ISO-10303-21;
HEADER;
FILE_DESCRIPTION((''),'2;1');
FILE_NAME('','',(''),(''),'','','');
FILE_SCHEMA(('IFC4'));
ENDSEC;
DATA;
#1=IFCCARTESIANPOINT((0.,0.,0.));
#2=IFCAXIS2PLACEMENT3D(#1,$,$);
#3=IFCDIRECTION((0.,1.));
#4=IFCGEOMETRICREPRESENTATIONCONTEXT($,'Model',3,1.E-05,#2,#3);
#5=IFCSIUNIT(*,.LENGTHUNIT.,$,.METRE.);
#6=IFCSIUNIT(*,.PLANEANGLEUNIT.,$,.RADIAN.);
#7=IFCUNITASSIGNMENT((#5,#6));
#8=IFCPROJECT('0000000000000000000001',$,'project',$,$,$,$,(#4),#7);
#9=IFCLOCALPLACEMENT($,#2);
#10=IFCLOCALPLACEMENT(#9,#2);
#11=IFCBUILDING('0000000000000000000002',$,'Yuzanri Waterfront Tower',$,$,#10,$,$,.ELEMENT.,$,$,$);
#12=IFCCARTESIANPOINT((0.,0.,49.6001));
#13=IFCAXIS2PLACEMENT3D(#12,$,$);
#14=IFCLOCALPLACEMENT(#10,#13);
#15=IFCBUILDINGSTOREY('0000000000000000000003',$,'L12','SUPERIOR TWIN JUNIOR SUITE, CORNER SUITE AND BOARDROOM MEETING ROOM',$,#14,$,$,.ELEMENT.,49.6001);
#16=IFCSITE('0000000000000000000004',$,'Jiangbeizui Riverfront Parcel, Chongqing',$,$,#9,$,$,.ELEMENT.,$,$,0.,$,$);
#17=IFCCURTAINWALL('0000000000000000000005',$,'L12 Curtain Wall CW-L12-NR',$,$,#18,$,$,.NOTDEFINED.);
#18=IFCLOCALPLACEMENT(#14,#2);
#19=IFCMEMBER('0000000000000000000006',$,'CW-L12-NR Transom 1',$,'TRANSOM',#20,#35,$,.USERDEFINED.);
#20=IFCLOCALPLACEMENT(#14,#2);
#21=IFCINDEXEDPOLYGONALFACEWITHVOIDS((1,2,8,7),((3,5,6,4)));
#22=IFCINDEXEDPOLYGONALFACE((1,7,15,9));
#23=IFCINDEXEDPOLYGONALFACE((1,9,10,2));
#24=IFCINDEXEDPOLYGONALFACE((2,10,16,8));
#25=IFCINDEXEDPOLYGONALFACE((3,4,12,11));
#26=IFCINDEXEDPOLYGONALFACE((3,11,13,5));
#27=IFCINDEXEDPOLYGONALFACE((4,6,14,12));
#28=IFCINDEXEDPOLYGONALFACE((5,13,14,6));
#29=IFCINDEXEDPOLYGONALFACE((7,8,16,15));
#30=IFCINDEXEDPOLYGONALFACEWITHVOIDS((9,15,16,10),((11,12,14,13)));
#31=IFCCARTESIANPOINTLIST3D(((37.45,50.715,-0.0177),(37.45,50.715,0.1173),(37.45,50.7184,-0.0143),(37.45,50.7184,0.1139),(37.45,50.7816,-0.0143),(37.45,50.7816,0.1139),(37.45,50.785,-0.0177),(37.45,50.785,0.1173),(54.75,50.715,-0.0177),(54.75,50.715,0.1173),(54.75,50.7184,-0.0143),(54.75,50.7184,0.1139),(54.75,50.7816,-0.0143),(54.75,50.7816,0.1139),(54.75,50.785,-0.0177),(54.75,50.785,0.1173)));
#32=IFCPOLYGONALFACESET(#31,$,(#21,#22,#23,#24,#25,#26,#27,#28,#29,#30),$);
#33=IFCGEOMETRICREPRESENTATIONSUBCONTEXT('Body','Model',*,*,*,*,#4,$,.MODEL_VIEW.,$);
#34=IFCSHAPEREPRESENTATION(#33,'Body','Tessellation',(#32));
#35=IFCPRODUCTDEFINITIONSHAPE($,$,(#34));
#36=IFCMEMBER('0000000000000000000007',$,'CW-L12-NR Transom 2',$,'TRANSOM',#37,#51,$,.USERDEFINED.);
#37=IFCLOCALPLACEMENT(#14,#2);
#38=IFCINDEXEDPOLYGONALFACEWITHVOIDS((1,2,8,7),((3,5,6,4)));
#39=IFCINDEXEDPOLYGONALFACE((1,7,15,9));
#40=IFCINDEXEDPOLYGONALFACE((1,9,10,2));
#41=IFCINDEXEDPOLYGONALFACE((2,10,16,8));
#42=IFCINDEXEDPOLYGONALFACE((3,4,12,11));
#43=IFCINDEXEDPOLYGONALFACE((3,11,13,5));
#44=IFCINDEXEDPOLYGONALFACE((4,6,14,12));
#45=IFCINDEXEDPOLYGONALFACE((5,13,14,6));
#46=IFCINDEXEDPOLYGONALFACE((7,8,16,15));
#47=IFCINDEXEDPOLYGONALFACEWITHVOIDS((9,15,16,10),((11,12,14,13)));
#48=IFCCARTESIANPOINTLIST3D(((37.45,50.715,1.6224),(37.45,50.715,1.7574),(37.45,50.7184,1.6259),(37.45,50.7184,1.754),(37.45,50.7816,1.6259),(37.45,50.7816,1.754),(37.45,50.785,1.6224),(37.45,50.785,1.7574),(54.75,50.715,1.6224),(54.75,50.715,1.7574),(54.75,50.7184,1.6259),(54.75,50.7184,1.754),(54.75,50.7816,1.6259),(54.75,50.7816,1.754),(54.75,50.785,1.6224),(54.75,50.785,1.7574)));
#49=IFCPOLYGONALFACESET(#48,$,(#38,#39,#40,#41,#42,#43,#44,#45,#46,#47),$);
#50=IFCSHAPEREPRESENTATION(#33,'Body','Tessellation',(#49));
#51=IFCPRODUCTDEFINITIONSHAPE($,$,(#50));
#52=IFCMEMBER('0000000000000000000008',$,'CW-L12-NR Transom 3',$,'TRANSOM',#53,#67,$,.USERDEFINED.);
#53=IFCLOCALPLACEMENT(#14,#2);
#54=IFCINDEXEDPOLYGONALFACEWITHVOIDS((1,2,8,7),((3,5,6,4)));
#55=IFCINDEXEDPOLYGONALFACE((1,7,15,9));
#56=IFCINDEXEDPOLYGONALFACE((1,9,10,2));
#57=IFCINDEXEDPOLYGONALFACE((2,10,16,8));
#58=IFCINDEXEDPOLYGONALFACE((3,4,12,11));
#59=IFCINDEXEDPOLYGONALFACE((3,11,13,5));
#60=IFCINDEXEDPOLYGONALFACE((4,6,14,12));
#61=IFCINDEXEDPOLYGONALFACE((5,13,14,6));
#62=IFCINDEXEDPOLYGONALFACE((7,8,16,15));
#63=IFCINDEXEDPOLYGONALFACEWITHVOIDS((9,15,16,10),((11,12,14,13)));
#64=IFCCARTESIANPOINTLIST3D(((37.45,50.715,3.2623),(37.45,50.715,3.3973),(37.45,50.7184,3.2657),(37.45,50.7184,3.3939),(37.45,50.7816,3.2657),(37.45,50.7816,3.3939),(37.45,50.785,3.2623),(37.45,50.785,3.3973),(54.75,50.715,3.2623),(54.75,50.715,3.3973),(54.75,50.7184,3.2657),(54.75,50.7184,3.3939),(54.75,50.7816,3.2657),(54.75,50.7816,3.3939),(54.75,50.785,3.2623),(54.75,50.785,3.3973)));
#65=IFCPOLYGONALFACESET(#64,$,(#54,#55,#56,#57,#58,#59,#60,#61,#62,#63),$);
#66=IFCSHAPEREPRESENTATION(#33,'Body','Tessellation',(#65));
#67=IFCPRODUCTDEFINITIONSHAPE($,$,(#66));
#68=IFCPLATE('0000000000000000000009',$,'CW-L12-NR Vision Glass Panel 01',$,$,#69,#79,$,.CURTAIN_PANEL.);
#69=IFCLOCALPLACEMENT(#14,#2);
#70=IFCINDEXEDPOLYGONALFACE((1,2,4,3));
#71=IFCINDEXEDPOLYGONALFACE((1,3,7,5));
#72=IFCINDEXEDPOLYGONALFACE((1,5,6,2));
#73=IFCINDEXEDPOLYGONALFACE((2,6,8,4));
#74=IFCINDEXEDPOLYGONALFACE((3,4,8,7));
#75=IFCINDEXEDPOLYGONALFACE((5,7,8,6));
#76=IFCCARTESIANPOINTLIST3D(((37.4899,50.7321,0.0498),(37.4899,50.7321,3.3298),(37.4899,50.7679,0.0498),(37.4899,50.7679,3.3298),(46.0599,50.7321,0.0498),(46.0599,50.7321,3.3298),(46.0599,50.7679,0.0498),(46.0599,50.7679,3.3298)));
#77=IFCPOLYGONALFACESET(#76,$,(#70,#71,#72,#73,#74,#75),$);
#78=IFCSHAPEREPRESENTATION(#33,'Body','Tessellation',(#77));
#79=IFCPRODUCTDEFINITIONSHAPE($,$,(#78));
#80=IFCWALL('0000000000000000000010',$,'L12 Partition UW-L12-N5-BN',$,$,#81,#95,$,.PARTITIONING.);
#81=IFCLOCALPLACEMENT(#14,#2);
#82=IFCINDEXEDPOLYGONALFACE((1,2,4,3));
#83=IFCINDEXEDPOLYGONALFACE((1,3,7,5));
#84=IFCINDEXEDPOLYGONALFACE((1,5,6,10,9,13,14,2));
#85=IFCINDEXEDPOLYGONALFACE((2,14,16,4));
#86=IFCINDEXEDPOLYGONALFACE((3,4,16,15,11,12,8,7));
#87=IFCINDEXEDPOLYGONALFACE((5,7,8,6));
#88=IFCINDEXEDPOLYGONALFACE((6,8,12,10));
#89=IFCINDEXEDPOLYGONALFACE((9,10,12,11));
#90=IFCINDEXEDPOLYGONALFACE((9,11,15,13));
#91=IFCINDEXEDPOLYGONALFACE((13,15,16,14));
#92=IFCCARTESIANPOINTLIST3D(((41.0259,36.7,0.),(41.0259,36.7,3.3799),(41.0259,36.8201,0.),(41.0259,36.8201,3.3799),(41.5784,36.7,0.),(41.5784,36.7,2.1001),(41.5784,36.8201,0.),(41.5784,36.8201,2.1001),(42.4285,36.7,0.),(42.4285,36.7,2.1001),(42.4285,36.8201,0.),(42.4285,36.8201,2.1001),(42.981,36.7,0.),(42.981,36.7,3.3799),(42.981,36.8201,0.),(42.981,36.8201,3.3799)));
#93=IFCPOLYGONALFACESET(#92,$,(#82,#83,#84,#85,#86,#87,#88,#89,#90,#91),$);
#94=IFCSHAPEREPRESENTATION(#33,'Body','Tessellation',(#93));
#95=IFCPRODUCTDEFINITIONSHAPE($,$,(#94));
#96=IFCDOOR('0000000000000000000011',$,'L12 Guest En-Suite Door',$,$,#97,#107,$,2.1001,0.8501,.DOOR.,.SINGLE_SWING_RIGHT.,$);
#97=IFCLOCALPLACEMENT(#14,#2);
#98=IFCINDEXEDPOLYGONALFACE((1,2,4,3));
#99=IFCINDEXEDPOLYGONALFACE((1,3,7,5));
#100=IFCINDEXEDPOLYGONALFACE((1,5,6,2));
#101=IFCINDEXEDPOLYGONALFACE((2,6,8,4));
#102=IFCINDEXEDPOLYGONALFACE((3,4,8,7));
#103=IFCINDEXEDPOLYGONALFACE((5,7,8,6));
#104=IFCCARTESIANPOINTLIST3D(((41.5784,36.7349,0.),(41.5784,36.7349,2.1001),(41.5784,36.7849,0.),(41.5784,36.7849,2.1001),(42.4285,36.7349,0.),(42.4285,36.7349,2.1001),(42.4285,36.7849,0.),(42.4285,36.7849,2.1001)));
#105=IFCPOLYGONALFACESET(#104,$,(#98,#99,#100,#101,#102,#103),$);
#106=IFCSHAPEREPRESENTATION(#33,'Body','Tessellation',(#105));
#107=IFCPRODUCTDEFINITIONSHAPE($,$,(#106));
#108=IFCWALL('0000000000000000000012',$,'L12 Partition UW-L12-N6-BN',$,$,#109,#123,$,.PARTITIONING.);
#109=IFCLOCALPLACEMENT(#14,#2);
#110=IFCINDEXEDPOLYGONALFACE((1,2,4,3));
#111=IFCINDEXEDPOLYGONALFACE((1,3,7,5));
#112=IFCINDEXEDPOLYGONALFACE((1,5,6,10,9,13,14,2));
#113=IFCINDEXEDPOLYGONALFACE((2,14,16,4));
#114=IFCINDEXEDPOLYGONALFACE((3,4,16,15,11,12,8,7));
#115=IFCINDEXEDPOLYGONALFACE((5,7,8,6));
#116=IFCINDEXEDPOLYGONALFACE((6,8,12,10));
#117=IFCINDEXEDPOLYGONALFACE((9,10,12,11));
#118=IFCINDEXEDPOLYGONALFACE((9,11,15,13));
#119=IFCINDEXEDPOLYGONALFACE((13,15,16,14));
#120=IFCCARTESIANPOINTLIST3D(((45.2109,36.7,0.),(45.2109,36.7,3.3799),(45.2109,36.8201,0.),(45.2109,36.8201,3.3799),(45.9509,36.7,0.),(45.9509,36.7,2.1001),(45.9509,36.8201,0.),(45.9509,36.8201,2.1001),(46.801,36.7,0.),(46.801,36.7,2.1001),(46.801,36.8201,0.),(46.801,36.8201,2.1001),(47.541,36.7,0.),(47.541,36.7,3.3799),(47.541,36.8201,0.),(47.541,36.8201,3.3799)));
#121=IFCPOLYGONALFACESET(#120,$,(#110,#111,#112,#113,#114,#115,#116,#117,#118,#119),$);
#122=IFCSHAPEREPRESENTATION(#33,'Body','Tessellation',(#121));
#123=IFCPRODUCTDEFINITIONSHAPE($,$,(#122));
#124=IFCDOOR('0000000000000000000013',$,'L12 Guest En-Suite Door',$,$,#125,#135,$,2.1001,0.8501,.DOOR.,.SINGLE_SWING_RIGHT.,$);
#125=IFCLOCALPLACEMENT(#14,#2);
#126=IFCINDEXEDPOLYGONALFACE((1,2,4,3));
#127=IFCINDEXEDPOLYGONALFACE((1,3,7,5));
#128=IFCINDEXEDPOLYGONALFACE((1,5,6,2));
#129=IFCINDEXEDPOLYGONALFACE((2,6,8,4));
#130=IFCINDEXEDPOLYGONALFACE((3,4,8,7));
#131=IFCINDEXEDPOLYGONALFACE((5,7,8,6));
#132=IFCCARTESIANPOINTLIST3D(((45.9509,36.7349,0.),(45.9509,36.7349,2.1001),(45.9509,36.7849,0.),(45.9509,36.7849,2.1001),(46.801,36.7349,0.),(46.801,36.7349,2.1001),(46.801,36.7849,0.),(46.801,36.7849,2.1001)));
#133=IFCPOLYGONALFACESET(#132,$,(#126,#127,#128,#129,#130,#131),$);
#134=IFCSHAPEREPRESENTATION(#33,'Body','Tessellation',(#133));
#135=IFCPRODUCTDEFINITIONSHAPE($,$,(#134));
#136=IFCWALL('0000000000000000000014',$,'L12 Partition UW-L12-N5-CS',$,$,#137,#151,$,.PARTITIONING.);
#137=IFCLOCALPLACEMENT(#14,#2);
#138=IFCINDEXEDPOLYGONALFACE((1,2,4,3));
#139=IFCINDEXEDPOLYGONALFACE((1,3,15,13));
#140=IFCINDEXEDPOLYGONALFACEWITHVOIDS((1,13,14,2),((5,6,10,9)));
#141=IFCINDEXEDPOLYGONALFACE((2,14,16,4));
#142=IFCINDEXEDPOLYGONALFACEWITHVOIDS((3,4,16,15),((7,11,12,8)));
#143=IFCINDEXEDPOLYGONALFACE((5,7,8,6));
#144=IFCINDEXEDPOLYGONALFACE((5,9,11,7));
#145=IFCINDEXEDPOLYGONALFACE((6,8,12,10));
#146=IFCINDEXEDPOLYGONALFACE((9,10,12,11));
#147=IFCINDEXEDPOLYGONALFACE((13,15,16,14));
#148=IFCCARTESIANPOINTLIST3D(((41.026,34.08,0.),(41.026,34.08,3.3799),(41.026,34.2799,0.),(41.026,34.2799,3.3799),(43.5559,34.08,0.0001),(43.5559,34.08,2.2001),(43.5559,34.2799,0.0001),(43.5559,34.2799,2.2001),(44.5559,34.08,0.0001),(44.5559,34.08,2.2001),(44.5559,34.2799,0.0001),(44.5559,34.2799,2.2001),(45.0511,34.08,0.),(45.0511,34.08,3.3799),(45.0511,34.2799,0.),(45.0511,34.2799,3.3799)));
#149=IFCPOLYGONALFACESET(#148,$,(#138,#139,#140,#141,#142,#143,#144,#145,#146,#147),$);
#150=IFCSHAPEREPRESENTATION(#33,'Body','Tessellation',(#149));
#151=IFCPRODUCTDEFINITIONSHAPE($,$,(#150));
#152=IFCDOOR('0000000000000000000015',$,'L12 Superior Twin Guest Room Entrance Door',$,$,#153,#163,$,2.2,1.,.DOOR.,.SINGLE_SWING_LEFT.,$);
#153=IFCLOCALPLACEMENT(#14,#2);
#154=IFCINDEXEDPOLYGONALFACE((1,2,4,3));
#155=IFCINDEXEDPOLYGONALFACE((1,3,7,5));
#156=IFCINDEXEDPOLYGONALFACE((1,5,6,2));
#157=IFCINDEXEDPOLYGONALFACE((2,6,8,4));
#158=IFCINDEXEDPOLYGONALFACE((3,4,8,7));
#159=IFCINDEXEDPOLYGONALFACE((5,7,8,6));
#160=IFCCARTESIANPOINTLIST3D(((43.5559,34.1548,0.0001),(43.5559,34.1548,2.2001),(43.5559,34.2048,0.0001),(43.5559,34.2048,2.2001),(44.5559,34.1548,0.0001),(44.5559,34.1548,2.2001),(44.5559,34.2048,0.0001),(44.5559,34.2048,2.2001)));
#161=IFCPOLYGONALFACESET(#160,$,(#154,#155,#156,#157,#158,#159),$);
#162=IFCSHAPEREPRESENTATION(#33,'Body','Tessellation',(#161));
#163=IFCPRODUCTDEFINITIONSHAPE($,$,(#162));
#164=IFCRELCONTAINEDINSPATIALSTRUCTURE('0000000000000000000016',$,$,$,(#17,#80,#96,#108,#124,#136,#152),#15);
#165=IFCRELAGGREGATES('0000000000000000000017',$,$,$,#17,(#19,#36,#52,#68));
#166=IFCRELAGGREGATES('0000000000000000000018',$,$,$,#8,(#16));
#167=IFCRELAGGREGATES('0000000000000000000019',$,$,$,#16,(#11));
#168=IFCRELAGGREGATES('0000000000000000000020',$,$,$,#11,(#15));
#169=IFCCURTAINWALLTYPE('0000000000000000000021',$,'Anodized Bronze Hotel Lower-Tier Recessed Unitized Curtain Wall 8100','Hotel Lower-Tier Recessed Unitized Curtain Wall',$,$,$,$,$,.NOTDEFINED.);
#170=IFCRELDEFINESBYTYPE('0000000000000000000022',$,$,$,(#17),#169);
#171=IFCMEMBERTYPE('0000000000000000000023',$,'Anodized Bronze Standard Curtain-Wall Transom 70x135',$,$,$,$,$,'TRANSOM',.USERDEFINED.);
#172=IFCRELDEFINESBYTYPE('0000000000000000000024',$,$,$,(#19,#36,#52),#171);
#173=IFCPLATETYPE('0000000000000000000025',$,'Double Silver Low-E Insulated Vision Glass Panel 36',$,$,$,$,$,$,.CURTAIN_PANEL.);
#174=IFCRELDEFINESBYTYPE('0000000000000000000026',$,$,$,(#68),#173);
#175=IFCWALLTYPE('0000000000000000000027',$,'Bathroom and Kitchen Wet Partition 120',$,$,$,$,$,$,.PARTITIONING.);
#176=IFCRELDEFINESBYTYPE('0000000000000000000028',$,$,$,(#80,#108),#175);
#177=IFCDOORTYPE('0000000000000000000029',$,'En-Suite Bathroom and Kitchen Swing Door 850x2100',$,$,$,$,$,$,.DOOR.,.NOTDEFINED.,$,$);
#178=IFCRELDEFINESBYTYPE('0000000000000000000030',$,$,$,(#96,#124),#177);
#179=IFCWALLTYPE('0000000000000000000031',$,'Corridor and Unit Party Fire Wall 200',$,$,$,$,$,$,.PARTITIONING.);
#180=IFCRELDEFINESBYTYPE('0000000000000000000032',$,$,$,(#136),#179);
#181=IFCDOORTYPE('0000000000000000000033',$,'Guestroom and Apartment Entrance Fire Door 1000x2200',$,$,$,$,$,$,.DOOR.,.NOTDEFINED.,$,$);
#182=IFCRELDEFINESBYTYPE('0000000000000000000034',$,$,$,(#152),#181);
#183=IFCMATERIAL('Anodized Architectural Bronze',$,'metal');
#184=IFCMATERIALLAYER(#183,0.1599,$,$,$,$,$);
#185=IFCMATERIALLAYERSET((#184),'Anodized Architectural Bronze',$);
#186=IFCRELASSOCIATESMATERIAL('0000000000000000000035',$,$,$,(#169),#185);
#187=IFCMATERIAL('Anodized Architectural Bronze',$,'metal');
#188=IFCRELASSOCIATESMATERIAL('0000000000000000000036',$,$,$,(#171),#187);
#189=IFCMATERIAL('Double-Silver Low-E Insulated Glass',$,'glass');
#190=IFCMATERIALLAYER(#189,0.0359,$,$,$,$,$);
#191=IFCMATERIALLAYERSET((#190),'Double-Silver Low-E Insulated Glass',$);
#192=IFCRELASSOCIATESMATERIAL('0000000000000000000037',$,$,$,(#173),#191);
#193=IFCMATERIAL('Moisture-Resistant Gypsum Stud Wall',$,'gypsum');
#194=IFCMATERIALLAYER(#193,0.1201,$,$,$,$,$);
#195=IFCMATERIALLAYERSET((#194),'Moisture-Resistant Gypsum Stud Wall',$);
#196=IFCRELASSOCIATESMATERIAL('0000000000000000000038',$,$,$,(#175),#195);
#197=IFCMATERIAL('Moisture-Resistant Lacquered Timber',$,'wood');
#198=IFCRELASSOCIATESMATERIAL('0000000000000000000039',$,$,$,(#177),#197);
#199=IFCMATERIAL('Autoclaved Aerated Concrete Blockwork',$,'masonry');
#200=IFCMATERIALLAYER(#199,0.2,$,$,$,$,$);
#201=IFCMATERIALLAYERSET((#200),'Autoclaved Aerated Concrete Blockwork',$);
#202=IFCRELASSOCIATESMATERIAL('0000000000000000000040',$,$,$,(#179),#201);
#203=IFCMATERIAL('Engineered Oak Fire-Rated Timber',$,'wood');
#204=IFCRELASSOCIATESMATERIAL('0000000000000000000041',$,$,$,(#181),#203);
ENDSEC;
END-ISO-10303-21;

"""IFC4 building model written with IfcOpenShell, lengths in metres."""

from ifc_helpers import new_model, si_unit, direction, frame, frame_2d, origin, origin_2d, place, context, subcontext, project, spatial, rectangle, hollow_rectangle, extrude, source, transform, mapped, material, layer, layer_set, material_profile, profile_set, type_object, element, fill, aggregate, save


model = new_model("IFC4")

# Units and contexts
model_context = context("Model", 3, precision=1e-05, world=origin(), true_north=direction((0.0, 1.0)))
body_context = subcontext(model_context, "Body", "Model", "MODEL_VIEW")
ifc_project = project(units=[si_unit("LENGTHUNIT", "METRE"), si_unit("PLANEANGLEUNIT", "RADIAN")], contexts=[model_context])

# Site, building, storey
site_placement = place(None, origin())
site = spatial("IfcSite", under=ifc_project, at=site_placement, Name="Jiangbeizui Riverfront Parcel, Chongqing", CompositionType="ELEMENT", RefElevation=0.0)
building_placement = place(site_placement, origin())
building = spatial("IfcBuilding", under=site, at=building_placement, Name="Yuzanri Waterfront Tower", CompositionType="ELEMENT")
storey_placement = place(building_placement, frame((0.0, 0.0, 49.6001)))
storey = spatial("IfcBuildingStorey", under=building, at=storey_placement, Name="L12", Description="SUPERIOR TWIN JUNIOR SUITE, CORNER SUITE AND BOARDROOM MEETING ROOM", CompositionType="ELEMENT", Elevation=49.6001)

# Shared definitions
ifc_material_1 = material(Name="Anodized Architectural Bronze", Category="metal")
ifc_layer_1 = layer(ifc_material_1, 0.1599)
ifc_layer_set_1 = layer_set([ifc_layer_1], Name="Anodized Architectural Bronze")
curtain_wall_type = type_object("IfcCurtainWallType", Name="Anodized Bronze Hotel Lower-Tier Recessed Unitized Curtain Wall 8100", Description="Hotel Lower-Tier Recessed Unitized Curtain Wall", PredefinedType="NOTDEFINED", material=ifc_layer_set_1)

# Curtain wall, members, plate
curtain_wall_1_placement = place(storey_placement, origin())
curtain_wall_1 = element("IfcCurtainWall", 1, at=curtain_wall_1_placement, inside=storey, type_object=curtain_wall_type, Name="L12 Curtain Wall CW-L12-NR", PredefinedType="NOTDEFINED")
ifc_material_2 = material(Name="Anodized Architectural Bronze", Category="metal")
ifc_material_profile_1 = material_profile(ifc_material_2, hollow_rectangle(XDim=0.0701, YDim=0.135, WallThickness=0.0034, at=origin_2d()), Name="CWT 70x135")
ifc_profile_set_1 = profile_set([ifc_material_profile_1], Name="Anodized Architectural Bronze")
member_type_1 = type_object("IfcMemberType", Name="Anodized Bronze Standard Curtain-Wall Transom 70x135", ElementType="TRANSOM", PredefinedType="USERDEFINED", material=ifc_profile_set_1)
shared_shape_1 = source(origin(), body_context, "Body", "SweptSolid", [
    extrude(hollow_rectangle(XDim=0.0701, YDim=0.135, WallThickness=0.0034, at=origin_2d()), origin(), (0.0, 0.0, 1.0), 17.3),
])
member_1_placement = place(storey_placement, frame((37.45, 50.75, 0.0498), z_axis=(1.0, 0.0, 0.0), x_axis=(0.0, 1.0, 0.0)))
member_1 = element("IfcMember", 2, at=member_1_placement, type_object=member_type_1, Name="CW-L12-NR Transom 1", ObjectType="TRANSOM", PredefinedType="USERDEFINED", context=body_context, shape_type="MappedRepresentation", body=[
    mapped(shared_shape_1, transform((0.0, 0.0, 0.0), scale=1.0)),
])
member_2_placement = place(storey_placement, frame((37.45, 50.75, 1.6899), z_axis=(1.0, 0.0, 0.0), x_axis=(0.0, 1.0, 0.0)))
member_2 = element("IfcMember", 3, at=member_2_placement, type_object=member_type_1, Name="CW-L12-NR Transom 2", ObjectType="TRANSOM", PredefinedType="USERDEFINED", context=body_context, shape_type="MappedRepresentation", body=[
    mapped(shared_shape_1, transform((0.0, 0.0, 0.0), scale=1.0)),
])
member_3_placement = place(storey_placement, frame((37.45, 50.75, 3.3298), z_axis=(1.0, 0.0, 0.0), x_axis=(0.0, 1.0, 0.0)))
member_3 = element("IfcMember", 4, at=member_3_placement, type_object=member_type_1, Name="CW-L12-NR Transom 3", ObjectType="TRANSOM", PredefinedType="USERDEFINED", context=body_context, shape_type="MappedRepresentation", body=[
    mapped(shared_shape_1, transform((0.0, 0.0, 0.0), scale=1.0)),
])
ifc_material_3 = material(Name="Double-Silver Low-E Insulated Glass", Category="glass")
ifc_layer_2 = layer(ifc_material_3, 0.0359)
ifc_layer_set_2 = layer_set([ifc_layer_2], Name="Double-Silver Low-E Insulated Glass")
plate_type = type_object("IfcPlateType", Name="Double Silver Low-E Insulated Vision Glass Panel 36", PredefinedType="CURTAIN_PANEL", material=ifc_layer_set_2)
shared_shape_2 = source(origin(), body_context, "Body", "SweptSolid", [
    extrude(rectangle(XDim=8.5701, YDim=0.0359, at=origin_2d()), origin(), (0.0, 0.0, 1.0), 3.28),
])
plate_placement = place(storey_placement, frame((41.7749, 50.75, 0.0498), z_axis=(0.0, 0.0, 1.0), x_axis=(1.0, 0.0, 0.0)))
plate = element("IfcPlate", 5, at=plate_placement, type_object=plate_type, Name="CW-L12-NR Vision Glass Panel 01", PredefinedType="CURTAIN_PANEL", context=body_context, shape_type="MappedRepresentation", body=[
    mapped(shared_shape_2, transform((0.0, 0.0, 0.0), scale=1.0)),
])
aggregate(curtain_wall_1, [member_1, member_2, member_3, plate])

# Walls, openings, doors
ifc_material_4 = material(Name="Moisture-Resistant Gypsum Stud Wall", Category="gypsum")
ifc_layer_3 = layer(ifc_material_4, 0.1201)
ifc_layer_set_3 = layer_set([ifc_layer_3], Name="Moisture-Resistant Gypsum Stud Wall")
wall_type_1 = type_object("IfcWallType", Name="Bathroom and Kitchen Wet Partition 120", PredefinedType="PARTITIONING", material=ifc_layer_set_3)
wall_1_placement = place(storey_placement, frame((41.0259, 36.76, 0.0), z_axis=(0.0, 0.0, 1.0), x_axis=(1.0, 0.0, 0.0)))
wall_1 = element("IfcWall", 6, at=wall_1_placement, inside=storey, type_object=wall_type_1, Name="L12 Partition UW-L12-N5-BN", PredefinedType="PARTITIONING", context=body_context, shape_type="SweptSolid", body=[
    extrude(rectangle(XDim=1.9551, YDim=0.1201, at=frame_2d((0.9775, 0.0))), origin(), (0.0, 0.0, 1.0), 3.3799),
])
opening_1_placement = place(wall_1_placement, frame((0.5525, 0.0, 0.0)))
opening_1 = element("IfcOpeningElement", 7, at=opening_1_placement, cuts=wall_1, PredefinedType="OPENING", context=body_context, shape_type="SweptSolid", body=[
    extrude(rectangle(XDim=0.8501, YDim=2.1001, at=frame_2d((0.425, 1.05))), frame((0.0, 0.075, 0.0), z_axis=(0.0, -1.0, 0.0), x_axis=(1.0, 0.0, 0.0)), (0.0, 0.0, 1.0), 0.1499),
])
ifc_material_5 = material(Name="Moisture-Resistant Lacquered Timber", Category="wood")
door_type_1 = type_object("IfcDoorType", Name="En-Suite Bathroom and Kitchen Swing Door 850x2100", OperationType="NOTDEFINED", PredefinedType="DOOR", material=ifc_material_5)
shared_shape_3 = source(origin(), body_context, "Body", "SweptSolid", [
    extrude(rectangle(XDim=0.8501, YDim=2.1001, at=frame_2d((0.425, 1.05))), frame((0.0, 0.0249, 0.0), z_axis=(0.0, -1.0, 0.0), x_axis=(1.0, 0.0, 0.0)), (0.0, 0.0, 1.0), 0.05),
])
door_1_placement = place(opening_1_placement, origin())
door_1 = element("IfcDoor", 8, at=door_1_placement, inside=storey, type_object=door_type_1, Name="L12 Guest En-Suite Door", OperationType="SINGLE_SWING_RIGHT", OverallHeight=2.1001, OverallWidth=0.8501, PredefinedType="DOOR", context=body_context, shape_type="MappedRepresentation", body=[
    mapped(shared_shape_3, transform((0.0, 0.0, 0.0), scale=1.0)),
])
fill(opening_1, door_1)
wall_2_placement = place(storey_placement, frame((45.2109, 36.76, 0.0), z_axis=(0.0, 0.0, 1.0), x_axis=(1.0, 0.0, 0.0)))
wall_2 = element("IfcWall", 9, at=wall_2_placement, inside=storey, type_object=wall_type_1, Name="L12 Partition UW-L12-N6-BN", PredefinedType="PARTITIONING", context=body_context, shape_type="SweptSolid", body=[
    extrude(rectangle(XDim=2.3301, YDim=0.1201, at=frame_2d((1.165, 0.0))), origin(), (0.0, 0.0, 1.0), 3.3799),
])
opening_2_placement = place(wall_2_placement, frame((0.74, 0.0, 0.0)))
opening_2 = element("IfcOpeningElement", 10, at=opening_2_placement, cuts=wall_2, PredefinedType="OPENING", context=body_context, shape_type="SweptSolid", body=[
    extrude(rectangle(XDim=0.8501, YDim=2.1001, at=frame_2d((0.425, 1.05))), frame((0.0, 0.075, 0.0), z_axis=(0.0, -1.0, 0.0), x_axis=(1.0, 0.0, 0.0)), (0.0, 0.0, 1.0), 0.1499),
])
door_2_placement = place(opening_2_placement, origin())
door_2 = element("IfcDoor", 11, at=door_2_placement, inside=storey, type_object=door_type_1, Name="L12 Guest En-Suite Door", OperationType="SINGLE_SWING_RIGHT", OverallHeight=2.1001, OverallWidth=0.8501, PredefinedType="DOOR", context=body_context, shape_type="MappedRepresentation", body=[
    mapped(shared_shape_3, transform((0.0, 0.0, 0.0), scale=1.0)),
])
fill(opening_2, door_2)
ifc_material_6 = material(Name="Autoclaved Aerated Concrete Blockwork", Category="masonry")
ifc_layer_4 = layer(ifc_material_6, 0.2)
ifc_layer_set_4 = layer_set([ifc_layer_4], Name="Autoclaved Aerated Concrete Blockwork")
wall_type_2 = type_object("IfcWallType", Name="Corridor and Unit Party Fire Wall 200", PredefinedType="PARTITIONING", material=ifc_layer_set_4)
wall_3_placement = place(storey_placement, frame((41.0259, 34.1799, 0.0), z_axis=(0.0, 0.0, 1.0), x_axis=(1.0, 0.0, 0.0)))
wall_3 = element("IfcWall", 12, at=wall_3_placement, inside=storey, type_object=wall_type_2, Name="L12 Partition UW-L12-N5-CS", PredefinedType="PARTITIONING", context=body_context, shape_type="SweptSolid", body=[
    extrude(rectangle(XDim=4.0251, YDim=0.2, at=frame_2d((2.0127, 0.0))), origin(), (0.0, 0.0, 1.0), 3.3799),
])
opening_3_placement = place(wall_3_placement, frame((2.53, 0.0, 0.0)))
opening_3 = element("IfcOpeningElement", 13, at=opening_3_placement, cuts=wall_3, PredefinedType="OPENING", context=body_context, shape_type="SweptSolid", body=[
    extrude(rectangle(XDim=1.0, YDim=2.2, at=frame_2d((0.5, 1.1001))), frame((0.0, 0.1147, 0.0), z_axis=(0.0, -1.0, 0.0), x_axis=(1.0, 0.0, 0.0)), (0.0, 0.0, 1.0), 0.2297),
])
ifc_material_7 = material(Name="Engineered Oak Fire-Rated Timber", Category="wood")
door_type_2 = type_object("IfcDoorType", Name="Guestroom and Apartment Entrance Fire Door 1000x2200", OperationType="NOTDEFINED", PredefinedType="DOOR", material=ifc_material_7)
shared_shape_4 = source(origin(), body_context, "Body", "SweptSolid", [
    extrude(rectangle(XDim=1.0, YDim=2.2, at=frame_2d((0.5, 1.1001))), frame((0.0, 0.0249, 0.0), z_axis=(0.0, -1.0, 0.0), x_axis=(1.0, 0.0, 0.0)), (0.0, 0.0, 1.0), 0.05),
])
door_3_placement = place(opening_3_placement, origin())
door_3 = element("IfcDoor", 14, at=door_3_placement, inside=storey, type_object=door_type_2, Name="L12 Superior Twin Guest Room Entrance Door", OperationType="SINGLE_SWING_LEFT", OverallHeight=2.2, OverallWidth=1.0, PredefinedType="DOOR", context=body_context, shape_type="MappedRepresentation", body=[
    mapped(shared_shape_4, transform((0.0, 0.0, 0.0), scale=1.0)),
])
fill(opening_3, door_3)

save(model, "model.ifc")
